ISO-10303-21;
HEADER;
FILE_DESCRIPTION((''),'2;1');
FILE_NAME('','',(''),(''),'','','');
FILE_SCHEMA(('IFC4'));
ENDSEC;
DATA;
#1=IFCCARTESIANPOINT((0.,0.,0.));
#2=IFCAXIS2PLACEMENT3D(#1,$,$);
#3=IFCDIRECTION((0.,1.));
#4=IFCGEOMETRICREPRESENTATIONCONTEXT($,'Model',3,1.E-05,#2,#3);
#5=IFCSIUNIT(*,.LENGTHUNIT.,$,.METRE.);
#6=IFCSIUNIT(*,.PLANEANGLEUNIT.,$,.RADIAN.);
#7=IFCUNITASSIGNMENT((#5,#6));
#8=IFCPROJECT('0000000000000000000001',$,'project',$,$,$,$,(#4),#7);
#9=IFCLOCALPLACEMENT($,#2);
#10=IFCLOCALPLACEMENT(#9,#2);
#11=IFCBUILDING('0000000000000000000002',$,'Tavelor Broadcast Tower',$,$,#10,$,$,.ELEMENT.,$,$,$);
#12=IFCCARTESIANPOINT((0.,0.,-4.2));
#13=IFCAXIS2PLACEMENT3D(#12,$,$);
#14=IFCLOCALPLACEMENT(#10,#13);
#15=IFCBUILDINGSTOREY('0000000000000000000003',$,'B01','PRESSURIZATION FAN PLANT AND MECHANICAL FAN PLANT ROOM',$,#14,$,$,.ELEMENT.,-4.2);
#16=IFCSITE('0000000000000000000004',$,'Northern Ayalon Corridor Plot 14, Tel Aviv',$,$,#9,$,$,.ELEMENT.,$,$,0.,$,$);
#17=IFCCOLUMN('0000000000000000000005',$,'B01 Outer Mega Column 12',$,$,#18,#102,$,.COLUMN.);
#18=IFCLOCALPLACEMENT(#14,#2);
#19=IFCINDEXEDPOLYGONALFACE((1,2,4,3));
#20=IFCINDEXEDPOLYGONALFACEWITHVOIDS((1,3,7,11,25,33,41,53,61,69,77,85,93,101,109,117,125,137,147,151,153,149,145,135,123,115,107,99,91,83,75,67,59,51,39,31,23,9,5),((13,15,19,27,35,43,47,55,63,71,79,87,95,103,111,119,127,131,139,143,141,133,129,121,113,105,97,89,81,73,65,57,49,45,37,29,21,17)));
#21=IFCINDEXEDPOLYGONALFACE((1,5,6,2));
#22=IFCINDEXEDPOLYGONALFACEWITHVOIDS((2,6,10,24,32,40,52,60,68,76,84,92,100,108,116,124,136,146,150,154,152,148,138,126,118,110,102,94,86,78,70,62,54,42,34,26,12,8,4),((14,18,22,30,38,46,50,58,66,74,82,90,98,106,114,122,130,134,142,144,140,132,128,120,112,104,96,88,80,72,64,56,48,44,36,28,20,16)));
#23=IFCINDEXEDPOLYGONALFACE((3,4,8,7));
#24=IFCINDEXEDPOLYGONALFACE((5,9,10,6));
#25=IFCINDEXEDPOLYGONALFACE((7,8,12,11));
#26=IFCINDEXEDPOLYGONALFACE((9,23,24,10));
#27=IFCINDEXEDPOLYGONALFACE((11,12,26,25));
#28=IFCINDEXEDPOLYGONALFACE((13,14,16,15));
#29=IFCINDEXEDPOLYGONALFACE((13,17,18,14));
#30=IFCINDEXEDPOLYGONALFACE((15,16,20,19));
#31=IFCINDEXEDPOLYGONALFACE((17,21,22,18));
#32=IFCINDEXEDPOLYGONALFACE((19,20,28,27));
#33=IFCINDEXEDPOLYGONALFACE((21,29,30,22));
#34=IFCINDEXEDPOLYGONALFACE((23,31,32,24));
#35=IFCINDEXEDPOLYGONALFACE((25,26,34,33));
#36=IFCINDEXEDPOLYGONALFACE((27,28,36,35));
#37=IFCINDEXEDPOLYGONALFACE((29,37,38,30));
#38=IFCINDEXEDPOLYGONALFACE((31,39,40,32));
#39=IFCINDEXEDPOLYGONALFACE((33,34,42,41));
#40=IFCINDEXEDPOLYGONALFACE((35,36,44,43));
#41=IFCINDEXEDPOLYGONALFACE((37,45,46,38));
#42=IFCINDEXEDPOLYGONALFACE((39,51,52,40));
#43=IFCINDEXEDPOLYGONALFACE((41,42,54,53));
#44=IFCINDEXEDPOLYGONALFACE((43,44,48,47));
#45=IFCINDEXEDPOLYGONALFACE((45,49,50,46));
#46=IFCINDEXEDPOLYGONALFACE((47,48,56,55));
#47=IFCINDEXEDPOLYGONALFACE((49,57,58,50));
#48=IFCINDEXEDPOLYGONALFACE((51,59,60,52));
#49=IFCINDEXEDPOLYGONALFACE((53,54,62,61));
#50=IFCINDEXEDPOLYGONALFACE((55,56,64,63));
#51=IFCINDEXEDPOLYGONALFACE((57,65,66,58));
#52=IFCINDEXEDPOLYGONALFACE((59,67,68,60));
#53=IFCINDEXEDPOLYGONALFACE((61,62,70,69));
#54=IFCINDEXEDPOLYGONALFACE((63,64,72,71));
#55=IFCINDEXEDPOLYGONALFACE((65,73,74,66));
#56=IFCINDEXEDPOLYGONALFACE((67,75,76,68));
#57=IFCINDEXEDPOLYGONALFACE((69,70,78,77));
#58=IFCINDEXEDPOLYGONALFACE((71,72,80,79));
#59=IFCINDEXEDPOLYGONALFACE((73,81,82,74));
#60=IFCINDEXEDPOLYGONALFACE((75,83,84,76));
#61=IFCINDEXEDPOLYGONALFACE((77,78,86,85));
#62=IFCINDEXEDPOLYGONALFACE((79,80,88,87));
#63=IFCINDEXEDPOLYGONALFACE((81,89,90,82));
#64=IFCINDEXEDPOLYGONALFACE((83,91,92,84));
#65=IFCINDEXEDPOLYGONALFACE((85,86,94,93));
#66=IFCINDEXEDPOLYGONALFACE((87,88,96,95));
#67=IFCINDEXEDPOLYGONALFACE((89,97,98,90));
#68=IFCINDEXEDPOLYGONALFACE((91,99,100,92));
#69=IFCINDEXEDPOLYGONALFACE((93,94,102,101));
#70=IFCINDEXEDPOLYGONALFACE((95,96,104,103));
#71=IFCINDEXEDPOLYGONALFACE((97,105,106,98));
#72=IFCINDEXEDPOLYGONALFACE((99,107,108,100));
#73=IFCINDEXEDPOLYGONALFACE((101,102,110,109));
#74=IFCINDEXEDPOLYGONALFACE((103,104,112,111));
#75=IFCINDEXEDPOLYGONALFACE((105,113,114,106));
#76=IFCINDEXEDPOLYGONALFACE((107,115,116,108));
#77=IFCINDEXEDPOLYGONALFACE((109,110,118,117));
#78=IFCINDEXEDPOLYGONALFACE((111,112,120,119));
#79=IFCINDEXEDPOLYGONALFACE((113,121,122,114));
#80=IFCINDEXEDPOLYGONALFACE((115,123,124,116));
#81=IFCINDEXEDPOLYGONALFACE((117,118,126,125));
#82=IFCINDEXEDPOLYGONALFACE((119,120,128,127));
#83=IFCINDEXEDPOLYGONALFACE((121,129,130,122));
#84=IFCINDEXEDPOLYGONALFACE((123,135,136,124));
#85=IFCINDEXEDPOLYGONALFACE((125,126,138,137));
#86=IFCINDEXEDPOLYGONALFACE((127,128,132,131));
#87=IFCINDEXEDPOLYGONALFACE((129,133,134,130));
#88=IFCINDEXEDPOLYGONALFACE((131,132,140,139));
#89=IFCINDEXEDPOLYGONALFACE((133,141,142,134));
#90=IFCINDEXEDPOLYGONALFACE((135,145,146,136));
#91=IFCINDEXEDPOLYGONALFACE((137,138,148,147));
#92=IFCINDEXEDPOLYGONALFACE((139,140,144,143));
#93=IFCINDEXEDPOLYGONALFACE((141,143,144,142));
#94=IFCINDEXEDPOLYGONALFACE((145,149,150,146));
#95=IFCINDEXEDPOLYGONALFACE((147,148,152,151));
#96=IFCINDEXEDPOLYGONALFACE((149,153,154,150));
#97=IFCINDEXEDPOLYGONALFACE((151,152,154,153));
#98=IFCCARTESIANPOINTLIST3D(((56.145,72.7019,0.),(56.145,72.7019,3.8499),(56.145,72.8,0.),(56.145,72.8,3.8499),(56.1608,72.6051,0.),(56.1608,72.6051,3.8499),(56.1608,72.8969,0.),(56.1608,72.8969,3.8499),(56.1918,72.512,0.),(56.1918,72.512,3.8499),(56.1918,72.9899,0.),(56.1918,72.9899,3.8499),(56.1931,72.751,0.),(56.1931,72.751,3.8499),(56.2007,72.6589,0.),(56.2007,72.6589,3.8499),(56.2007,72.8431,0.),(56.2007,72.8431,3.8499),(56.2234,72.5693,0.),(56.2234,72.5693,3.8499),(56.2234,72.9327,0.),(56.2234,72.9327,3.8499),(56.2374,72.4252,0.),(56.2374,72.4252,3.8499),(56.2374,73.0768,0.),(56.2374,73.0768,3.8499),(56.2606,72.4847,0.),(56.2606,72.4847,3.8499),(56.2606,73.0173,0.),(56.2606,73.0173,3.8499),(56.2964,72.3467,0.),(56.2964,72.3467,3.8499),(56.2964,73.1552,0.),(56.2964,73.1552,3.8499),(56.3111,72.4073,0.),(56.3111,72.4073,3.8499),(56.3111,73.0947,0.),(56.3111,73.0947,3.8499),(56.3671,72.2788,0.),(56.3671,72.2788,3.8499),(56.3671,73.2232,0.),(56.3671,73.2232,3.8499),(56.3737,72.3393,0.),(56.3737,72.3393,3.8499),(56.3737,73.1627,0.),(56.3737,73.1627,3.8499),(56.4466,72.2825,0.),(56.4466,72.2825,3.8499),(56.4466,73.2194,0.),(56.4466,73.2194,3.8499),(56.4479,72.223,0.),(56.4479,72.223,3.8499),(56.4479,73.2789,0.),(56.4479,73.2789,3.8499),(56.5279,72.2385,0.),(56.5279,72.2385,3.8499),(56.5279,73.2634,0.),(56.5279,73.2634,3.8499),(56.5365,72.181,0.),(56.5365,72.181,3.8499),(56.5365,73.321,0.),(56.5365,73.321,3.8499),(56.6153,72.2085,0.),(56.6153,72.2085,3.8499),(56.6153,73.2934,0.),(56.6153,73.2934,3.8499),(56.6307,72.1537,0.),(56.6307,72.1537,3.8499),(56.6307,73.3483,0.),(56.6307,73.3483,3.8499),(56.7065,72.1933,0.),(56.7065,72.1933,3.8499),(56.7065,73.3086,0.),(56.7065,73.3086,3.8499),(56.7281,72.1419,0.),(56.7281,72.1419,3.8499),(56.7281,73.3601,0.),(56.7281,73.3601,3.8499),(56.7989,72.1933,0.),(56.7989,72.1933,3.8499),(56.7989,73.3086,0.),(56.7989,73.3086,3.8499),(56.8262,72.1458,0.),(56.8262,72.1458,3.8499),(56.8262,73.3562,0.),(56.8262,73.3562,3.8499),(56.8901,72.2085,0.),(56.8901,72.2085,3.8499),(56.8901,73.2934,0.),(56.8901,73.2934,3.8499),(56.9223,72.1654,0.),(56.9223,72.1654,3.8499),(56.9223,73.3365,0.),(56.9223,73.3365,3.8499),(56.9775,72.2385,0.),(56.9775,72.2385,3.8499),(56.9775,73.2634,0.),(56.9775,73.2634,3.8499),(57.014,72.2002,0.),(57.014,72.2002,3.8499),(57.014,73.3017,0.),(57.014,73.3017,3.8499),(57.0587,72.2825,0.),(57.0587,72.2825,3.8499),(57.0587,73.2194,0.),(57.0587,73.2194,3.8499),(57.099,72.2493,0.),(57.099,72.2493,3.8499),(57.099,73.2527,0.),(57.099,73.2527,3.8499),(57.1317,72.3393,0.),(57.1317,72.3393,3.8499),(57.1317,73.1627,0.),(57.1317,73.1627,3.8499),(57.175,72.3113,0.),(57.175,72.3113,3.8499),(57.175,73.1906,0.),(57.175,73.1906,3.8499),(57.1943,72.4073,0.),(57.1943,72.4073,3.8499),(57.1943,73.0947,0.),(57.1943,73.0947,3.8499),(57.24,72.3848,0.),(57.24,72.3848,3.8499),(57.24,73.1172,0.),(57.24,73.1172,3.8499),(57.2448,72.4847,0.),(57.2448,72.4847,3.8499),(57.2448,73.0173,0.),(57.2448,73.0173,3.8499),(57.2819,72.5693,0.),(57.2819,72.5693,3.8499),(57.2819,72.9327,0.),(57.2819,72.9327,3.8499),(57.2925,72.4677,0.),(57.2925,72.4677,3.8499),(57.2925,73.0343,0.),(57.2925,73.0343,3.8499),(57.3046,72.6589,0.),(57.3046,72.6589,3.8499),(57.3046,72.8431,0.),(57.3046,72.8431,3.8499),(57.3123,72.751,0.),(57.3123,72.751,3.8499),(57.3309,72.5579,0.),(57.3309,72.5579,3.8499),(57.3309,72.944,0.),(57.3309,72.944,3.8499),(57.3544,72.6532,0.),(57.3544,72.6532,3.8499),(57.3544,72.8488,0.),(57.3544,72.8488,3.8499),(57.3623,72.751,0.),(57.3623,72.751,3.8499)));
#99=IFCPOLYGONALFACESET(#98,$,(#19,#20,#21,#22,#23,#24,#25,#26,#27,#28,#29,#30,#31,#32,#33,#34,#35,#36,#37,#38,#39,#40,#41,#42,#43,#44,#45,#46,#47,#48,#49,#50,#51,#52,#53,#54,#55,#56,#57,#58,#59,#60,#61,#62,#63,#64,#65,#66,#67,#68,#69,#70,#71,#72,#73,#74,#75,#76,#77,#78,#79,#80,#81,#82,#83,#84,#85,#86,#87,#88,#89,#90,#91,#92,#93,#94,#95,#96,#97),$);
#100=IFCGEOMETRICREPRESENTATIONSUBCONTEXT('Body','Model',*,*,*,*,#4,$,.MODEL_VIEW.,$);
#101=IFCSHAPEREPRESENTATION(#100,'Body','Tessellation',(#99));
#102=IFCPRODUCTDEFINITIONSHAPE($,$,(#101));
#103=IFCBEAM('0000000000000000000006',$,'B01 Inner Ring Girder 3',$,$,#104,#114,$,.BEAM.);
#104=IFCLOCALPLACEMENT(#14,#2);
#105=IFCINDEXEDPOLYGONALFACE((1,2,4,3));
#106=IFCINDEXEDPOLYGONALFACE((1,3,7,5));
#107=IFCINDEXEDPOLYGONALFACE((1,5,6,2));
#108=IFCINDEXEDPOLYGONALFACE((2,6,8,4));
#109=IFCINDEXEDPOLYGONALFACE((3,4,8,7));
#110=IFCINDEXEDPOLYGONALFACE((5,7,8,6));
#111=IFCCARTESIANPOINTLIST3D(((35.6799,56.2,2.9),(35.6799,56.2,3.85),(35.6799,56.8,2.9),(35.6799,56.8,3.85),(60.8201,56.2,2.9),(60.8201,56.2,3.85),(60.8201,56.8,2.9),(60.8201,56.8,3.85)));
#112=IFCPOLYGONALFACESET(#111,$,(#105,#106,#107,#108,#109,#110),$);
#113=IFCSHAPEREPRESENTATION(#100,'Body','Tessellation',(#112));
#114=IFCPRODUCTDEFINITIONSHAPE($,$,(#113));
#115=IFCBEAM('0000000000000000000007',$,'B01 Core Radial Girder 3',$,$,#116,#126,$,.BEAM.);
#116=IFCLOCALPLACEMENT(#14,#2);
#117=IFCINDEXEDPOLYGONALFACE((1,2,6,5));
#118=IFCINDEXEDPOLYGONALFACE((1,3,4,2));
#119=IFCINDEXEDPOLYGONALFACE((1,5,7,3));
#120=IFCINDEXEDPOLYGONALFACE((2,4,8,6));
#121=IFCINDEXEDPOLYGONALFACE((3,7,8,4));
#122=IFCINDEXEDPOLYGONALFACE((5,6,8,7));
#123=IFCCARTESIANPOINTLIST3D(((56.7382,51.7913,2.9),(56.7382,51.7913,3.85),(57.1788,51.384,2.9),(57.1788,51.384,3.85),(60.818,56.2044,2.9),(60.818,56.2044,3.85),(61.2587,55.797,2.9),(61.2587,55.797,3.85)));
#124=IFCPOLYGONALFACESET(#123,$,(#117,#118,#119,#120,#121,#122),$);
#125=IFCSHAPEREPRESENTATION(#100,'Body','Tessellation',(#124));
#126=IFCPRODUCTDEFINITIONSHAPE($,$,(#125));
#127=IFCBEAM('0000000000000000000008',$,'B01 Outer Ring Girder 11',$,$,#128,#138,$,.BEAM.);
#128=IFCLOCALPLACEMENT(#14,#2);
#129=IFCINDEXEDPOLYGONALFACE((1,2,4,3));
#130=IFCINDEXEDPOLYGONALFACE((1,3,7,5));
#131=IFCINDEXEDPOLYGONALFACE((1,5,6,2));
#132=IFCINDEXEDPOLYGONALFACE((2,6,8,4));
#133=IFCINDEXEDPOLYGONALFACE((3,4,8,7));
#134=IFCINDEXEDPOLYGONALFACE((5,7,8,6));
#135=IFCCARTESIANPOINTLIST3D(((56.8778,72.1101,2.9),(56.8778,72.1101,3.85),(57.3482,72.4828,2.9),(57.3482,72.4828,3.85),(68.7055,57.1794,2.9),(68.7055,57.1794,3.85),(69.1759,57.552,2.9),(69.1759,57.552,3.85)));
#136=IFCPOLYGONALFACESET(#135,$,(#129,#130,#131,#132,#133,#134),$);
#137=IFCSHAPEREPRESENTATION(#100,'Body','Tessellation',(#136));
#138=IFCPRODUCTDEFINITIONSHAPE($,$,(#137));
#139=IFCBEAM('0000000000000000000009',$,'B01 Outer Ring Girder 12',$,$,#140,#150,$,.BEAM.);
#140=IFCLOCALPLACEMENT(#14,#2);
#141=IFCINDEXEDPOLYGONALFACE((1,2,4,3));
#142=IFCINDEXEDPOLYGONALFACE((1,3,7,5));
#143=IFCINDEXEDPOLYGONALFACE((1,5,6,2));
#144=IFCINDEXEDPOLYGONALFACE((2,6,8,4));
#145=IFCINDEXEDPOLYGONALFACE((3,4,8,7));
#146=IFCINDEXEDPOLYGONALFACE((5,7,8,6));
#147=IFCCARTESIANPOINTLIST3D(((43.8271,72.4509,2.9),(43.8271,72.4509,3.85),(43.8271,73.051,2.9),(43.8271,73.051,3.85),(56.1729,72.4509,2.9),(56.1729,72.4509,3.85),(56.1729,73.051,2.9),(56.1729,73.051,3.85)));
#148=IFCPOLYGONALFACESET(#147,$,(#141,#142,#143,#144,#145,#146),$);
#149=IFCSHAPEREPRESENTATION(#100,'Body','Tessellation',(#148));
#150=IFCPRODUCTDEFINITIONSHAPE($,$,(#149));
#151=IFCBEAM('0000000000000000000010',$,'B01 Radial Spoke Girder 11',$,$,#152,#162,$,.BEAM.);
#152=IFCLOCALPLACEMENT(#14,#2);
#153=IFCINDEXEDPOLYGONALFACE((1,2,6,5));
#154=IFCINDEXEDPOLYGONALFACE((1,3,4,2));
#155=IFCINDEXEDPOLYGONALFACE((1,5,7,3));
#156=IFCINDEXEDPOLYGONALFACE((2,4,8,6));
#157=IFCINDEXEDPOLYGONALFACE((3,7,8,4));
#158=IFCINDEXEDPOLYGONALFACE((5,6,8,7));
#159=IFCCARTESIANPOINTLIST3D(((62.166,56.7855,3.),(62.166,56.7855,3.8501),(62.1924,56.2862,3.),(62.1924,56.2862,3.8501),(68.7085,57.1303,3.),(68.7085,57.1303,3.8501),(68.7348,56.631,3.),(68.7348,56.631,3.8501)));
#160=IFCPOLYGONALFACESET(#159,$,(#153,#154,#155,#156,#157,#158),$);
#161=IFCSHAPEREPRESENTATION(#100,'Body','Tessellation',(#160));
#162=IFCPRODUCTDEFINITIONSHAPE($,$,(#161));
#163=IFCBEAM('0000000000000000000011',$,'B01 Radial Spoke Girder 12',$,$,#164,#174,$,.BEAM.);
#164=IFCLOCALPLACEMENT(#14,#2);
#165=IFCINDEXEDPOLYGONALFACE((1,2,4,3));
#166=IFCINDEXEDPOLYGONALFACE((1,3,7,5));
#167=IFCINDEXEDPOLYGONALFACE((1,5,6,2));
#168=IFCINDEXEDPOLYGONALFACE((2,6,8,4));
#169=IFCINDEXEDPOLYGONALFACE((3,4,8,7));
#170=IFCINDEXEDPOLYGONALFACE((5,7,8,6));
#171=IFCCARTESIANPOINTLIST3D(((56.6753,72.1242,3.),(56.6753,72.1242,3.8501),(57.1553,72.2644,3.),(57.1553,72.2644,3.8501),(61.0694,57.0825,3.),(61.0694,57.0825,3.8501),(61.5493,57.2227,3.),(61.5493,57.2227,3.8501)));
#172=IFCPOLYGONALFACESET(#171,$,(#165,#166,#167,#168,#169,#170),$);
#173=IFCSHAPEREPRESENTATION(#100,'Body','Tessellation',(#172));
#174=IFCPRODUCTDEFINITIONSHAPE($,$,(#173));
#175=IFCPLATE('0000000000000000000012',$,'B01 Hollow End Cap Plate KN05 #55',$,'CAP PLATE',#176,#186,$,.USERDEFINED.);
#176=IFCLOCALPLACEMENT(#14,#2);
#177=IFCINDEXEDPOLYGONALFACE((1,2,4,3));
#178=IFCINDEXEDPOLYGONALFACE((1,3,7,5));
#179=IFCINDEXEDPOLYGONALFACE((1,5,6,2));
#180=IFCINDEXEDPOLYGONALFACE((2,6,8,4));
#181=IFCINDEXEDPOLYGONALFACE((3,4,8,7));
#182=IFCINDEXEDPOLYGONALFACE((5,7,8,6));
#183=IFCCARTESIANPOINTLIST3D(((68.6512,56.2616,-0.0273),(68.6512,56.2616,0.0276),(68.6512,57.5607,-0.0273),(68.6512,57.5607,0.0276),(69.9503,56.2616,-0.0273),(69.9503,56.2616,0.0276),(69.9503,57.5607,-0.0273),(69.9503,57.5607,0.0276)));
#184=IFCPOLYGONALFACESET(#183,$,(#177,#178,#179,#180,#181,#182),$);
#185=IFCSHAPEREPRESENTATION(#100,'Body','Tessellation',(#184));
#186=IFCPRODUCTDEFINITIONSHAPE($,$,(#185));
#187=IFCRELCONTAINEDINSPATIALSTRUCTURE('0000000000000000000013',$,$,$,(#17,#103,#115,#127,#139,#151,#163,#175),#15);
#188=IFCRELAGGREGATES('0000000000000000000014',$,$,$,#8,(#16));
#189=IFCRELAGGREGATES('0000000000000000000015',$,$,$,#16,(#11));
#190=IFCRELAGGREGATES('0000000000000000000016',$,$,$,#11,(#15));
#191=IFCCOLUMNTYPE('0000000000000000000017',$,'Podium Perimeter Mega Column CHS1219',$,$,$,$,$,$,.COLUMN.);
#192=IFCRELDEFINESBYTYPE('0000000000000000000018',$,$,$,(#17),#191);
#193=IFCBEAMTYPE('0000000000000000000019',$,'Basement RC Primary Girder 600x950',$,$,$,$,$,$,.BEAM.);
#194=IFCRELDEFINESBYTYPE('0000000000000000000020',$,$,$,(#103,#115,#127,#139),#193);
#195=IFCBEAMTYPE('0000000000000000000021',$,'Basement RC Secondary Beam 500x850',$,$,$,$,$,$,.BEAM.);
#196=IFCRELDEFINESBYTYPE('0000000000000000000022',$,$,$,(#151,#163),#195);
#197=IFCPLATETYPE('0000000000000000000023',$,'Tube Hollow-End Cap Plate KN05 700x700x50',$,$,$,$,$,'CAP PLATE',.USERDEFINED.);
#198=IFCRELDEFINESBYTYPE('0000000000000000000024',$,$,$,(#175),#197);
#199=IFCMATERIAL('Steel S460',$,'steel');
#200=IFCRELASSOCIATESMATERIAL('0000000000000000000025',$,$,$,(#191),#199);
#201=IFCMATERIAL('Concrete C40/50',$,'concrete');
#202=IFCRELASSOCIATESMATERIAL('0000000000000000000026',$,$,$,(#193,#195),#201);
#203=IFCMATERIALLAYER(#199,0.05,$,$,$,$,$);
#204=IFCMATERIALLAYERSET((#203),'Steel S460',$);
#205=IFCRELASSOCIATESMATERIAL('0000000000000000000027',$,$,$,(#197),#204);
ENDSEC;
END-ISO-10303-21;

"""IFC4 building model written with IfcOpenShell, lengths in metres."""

from ifc_helpers import new_model, si_unit, direction, frame, origin, origin_2d, place, context, subcontext, project, spatial, rectangle, hollow_circle, extrude, source, transform, mapped, material, layer, layer_set, material_profile, profile_set, type_object, element, save


model = new_model("IFC4")

# Units and contexts
model_context = context("Model", 3, precision=1e-05, world=origin(), true_north=direction((0.0, 1.0)))
body_context = subcontext(model_context, "Body", "Model", "MODEL_VIEW")
ifc_project = project(units=[si_unit("LENGTHUNIT", "METRE"), si_unit("PLANEANGLEUNIT", "RADIAN")], contexts=[model_context])

# Site, building, storey
site_placement = place(None, origin())
site = spatial("IfcSite", under=ifc_project, at=site_placement, Name="Northern Ayalon Corridor Plot 14, Tel Aviv", CompositionType="ELEMENT", RefElevation=0.0)
building_placement = place(site_placement, origin())
building = spatial("IfcBuilding", under=site, at=building_placement, Name="Tavelor Broadcast Tower", CompositionType="ELEMENT")
storey_placement = place(building_placement, frame((0.0, 0.0, -4.2)))
storey = spatial("IfcBuildingStorey", under=building, at=storey_placement, Name="B01", Description="PRESSURIZATION FAN PLANT AND MECHANICAL FAN PLANT ROOM", CompositionType="ELEMENT", Elevation=-4.2)

# Column
ifc_material_1 = material(Name="Concrete C40/50", Category="concrete")
ifc_material_2 = material(Name="Steel S460", Category="steel")
ifc_material_profile_1 = material_profile(ifc_material_2, hollow_circle(Radius=0.6096, WallThickness=0.05, at=origin_2d()), Name="CHS 1219x50")
ifc_profile_set_1 = profile_set([ifc_material_profile_1], Name="Steel S460")
column_type_1 = type_object("IfcColumnType", Name="Podium Perimeter Mega Column CHS1219", PredefinedType="COLUMN", material=ifc_profile_set_1)
for number, where, z_axis, x_axis, name in (
    (1, (56.7527, 72.751, 0.0), (0.0, 0.0, 1.0), (1.0, 0.0, 0.0), "B01 Outer Mega Column 12"),
):
    element("IfcColumn", number, at=place(storey_placement, frame(where, z_axis=z_axis, x_axis=x_axis)), inside=storey, type_object=column_type_1, Name=name, PredefinedType="COLUMN", context=body_context, shape_type="SweptSolid", body=[
        extrude(hollow_circle(Radius=0.6096, WallThickness=0.05, at=origin_2d()), origin(), (0.0, 0.0, 1.0), 3.8499),
    ])

# Beams
ifc_material_profile_2 = material_profile(ifc_material_1, rectangle(XDim=0.6001, YDim=0.95, at=origin_2d()), Name="RC 600x950")
ifc_profile_set_2 = profile_set([ifc_material_profile_2], Name="Concrete C40/50")
beam_type_1 = type_object("IfcBeamType", Name="Basement RC Primary Girder 600x950", PredefinedType="BEAM", material=ifc_profile_set_2)
beam_1_placement = place(storey_placement, frame((60.8201, 56.5, 3.375), z_axis=(-1.0, 0.0, 0.0), x_axis=(0.0, -1.0, 0.0)))
element("IfcBeam", 2, at=beam_1_placement, inside=storey, type_object=beam_type_1, Name="B01 Inner Ring Girder 3", PredefinedType="BEAM", context=body_context, shape_type="SweptSolid", body=[
    extrude(rectangle(XDim=0.6001, YDim=0.95, at=origin_2d()), origin(), (0.0, 0.0, 1.0), 25.1401),
])
beam_2_placement = place(storey_placement, frame((61.0383, 56.0007, 3.375), z_axis=(-0.678838, -0.734288, 0.0), x_axis=(0.734288, -0.678838, 0.0)))
element("IfcBeam", 3, at=beam_2_placement, inside=storey, type_object=beam_type_1, Name="B01 Core Radial Girder 3", PredefinedType="BEAM", context=body_context, shape_type="SweptSolid", body=[
    extrude(rectangle(XDim=0.6001, YDim=0.95, at=origin_2d()), origin(), (0.0, 0.0, 1.0), 6.01),
])
beam_3_placement = place(storey_placement, frame((68.9407, 57.3657, 3.375), z_axis=(-0.620946, 0.783853, 0.0), x_axis=(-0.783853, -0.620946, 0.0)))
element("IfcBeam", 4, at=beam_3_placement, inside=storey, type_object=beam_type_1, Name="B01 Outer Ring Girder 11", PredefinedType="BEAM", context=body_context, shape_type="SweptSolid", body=[
    extrude(rectangle(XDim=0.6001, YDim=0.95, at=origin_2d()), origin(), (0.0, 0.0, 1.0), 19.0479),
])
beam_4_placement = place(storey_placement, frame((56.1729, 72.751, 3.375), z_axis=(-1.0, 0.0, 0.0), x_axis=(0.0, -1.0, 0.0)))
element("IfcBeam", 5, at=beam_4_placement, inside=storey, type_object=beam_type_1, Name="B01 Outer Ring Girder 12", PredefinedType="BEAM", context=body_context, shape_type="SweptSolid", body=[
    extrude(rectangle(XDim=0.6001, YDim=0.95, at=origin_2d()), origin(), (0.0, 0.0, 1.0), 12.3457),
])
ifc_material_profile_3 = material_profile(ifc_material_1, rectangle(XDim=0.5, YDim=0.8501, at=origin_2d()), Name="RC 500x850")
ifc_profile_set_3 = profile_set([ifc_material_profile_3], Name="Concrete C40/50")
beam_type_2 = type_object("IfcBeamType", Name="Basement RC Secondary Beam 500x850", PredefinedType="BEAM", material=ifc_profile_set_3)
beam_5_placement = place(storey_placement, frame((62.1792, 56.5359, 3.425), z_axis=(0.998615, 0.052618, 0.0), x_axis=(-0.052618, 0.998615, 0.0)))
element("IfcBeam", 6, at=beam_5_placement, inside=storey, type_object=beam_type_2, Name="B01 Radial Spoke Girder 11", PredefinedType="BEAM", context=body_context, shape_type="SweptSolid", body=[
    extrude(rectangle(XDim=0.5, YDim=0.8501, at=origin_2d()), origin(), (0.0, 0.0, 1.0), 6.5515),
])
beam_6_placement = place(storey_placement, frame((61.3093, 57.1526, 3.425), z_axis=(-0.280404, 0.959882, 0.0), x_axis=(-0.959882, -0.280404, 0.0)))
element("IfcBeam", 7, at=beam_6_placement, inside=storey, type_object=beam_type_2, Name="B01 Radial Spoke Girder 12", PredefinedType="BEAM", context=body_context, shape_type="SweptSolid", body=[
    extrude(rectangle(XDim=0.5, YDim=0.8501, at=origin_2d()), origin(), (0.0, 0.0, 1.0), 15.6704),
])

# Plate
ifc_layer_1 = layer(ifc_material_2, 0.05)
ifc_layer_set_1 = layer_set([ifc_layer_1], Name="Steel S460")
plate_type = type_object("IfcPlateType", Name="Tube Hollow-End Cap Plate KN05 700x700x50", ElementType="CAP PLATE", PredefinedType="USERDEFINED", material=ifc_layer_set_1)
shared_shape_1 = source(origin(), body_context, "Body", "SweptSolid", [
    extrude(rectangle(XDim=1.2991, YDim=1.2991, at=origin_2d()), origin(), (0.0, 0.0, 1.0), 0.0549),
])
for number, where, z_axis, x_axis, name in (
    (8, (69.3008, 56.9111, -0.0273), (0.0, 0.0, 1.0), (1.0, 0.0, 0.0), "B01 Hollow End Cap Plate KN05 #55"),
):
    element("IfcPlate", number, at=place(storey_placement, frame(where, z_axis=z_axis, x_axis=x_axis)), inside=storey, type_object=plate_type, Name=name, ObjectType="CAP PLATE", PredefinedType="USERDEFINED", context=body_context, shape_type="MappedRepresentation", body=[
        mapped(shared_shape_1, transform((0.0, 0.0, 0.0), scale=1.0)),
    ])

save(model, "model.ifc")
